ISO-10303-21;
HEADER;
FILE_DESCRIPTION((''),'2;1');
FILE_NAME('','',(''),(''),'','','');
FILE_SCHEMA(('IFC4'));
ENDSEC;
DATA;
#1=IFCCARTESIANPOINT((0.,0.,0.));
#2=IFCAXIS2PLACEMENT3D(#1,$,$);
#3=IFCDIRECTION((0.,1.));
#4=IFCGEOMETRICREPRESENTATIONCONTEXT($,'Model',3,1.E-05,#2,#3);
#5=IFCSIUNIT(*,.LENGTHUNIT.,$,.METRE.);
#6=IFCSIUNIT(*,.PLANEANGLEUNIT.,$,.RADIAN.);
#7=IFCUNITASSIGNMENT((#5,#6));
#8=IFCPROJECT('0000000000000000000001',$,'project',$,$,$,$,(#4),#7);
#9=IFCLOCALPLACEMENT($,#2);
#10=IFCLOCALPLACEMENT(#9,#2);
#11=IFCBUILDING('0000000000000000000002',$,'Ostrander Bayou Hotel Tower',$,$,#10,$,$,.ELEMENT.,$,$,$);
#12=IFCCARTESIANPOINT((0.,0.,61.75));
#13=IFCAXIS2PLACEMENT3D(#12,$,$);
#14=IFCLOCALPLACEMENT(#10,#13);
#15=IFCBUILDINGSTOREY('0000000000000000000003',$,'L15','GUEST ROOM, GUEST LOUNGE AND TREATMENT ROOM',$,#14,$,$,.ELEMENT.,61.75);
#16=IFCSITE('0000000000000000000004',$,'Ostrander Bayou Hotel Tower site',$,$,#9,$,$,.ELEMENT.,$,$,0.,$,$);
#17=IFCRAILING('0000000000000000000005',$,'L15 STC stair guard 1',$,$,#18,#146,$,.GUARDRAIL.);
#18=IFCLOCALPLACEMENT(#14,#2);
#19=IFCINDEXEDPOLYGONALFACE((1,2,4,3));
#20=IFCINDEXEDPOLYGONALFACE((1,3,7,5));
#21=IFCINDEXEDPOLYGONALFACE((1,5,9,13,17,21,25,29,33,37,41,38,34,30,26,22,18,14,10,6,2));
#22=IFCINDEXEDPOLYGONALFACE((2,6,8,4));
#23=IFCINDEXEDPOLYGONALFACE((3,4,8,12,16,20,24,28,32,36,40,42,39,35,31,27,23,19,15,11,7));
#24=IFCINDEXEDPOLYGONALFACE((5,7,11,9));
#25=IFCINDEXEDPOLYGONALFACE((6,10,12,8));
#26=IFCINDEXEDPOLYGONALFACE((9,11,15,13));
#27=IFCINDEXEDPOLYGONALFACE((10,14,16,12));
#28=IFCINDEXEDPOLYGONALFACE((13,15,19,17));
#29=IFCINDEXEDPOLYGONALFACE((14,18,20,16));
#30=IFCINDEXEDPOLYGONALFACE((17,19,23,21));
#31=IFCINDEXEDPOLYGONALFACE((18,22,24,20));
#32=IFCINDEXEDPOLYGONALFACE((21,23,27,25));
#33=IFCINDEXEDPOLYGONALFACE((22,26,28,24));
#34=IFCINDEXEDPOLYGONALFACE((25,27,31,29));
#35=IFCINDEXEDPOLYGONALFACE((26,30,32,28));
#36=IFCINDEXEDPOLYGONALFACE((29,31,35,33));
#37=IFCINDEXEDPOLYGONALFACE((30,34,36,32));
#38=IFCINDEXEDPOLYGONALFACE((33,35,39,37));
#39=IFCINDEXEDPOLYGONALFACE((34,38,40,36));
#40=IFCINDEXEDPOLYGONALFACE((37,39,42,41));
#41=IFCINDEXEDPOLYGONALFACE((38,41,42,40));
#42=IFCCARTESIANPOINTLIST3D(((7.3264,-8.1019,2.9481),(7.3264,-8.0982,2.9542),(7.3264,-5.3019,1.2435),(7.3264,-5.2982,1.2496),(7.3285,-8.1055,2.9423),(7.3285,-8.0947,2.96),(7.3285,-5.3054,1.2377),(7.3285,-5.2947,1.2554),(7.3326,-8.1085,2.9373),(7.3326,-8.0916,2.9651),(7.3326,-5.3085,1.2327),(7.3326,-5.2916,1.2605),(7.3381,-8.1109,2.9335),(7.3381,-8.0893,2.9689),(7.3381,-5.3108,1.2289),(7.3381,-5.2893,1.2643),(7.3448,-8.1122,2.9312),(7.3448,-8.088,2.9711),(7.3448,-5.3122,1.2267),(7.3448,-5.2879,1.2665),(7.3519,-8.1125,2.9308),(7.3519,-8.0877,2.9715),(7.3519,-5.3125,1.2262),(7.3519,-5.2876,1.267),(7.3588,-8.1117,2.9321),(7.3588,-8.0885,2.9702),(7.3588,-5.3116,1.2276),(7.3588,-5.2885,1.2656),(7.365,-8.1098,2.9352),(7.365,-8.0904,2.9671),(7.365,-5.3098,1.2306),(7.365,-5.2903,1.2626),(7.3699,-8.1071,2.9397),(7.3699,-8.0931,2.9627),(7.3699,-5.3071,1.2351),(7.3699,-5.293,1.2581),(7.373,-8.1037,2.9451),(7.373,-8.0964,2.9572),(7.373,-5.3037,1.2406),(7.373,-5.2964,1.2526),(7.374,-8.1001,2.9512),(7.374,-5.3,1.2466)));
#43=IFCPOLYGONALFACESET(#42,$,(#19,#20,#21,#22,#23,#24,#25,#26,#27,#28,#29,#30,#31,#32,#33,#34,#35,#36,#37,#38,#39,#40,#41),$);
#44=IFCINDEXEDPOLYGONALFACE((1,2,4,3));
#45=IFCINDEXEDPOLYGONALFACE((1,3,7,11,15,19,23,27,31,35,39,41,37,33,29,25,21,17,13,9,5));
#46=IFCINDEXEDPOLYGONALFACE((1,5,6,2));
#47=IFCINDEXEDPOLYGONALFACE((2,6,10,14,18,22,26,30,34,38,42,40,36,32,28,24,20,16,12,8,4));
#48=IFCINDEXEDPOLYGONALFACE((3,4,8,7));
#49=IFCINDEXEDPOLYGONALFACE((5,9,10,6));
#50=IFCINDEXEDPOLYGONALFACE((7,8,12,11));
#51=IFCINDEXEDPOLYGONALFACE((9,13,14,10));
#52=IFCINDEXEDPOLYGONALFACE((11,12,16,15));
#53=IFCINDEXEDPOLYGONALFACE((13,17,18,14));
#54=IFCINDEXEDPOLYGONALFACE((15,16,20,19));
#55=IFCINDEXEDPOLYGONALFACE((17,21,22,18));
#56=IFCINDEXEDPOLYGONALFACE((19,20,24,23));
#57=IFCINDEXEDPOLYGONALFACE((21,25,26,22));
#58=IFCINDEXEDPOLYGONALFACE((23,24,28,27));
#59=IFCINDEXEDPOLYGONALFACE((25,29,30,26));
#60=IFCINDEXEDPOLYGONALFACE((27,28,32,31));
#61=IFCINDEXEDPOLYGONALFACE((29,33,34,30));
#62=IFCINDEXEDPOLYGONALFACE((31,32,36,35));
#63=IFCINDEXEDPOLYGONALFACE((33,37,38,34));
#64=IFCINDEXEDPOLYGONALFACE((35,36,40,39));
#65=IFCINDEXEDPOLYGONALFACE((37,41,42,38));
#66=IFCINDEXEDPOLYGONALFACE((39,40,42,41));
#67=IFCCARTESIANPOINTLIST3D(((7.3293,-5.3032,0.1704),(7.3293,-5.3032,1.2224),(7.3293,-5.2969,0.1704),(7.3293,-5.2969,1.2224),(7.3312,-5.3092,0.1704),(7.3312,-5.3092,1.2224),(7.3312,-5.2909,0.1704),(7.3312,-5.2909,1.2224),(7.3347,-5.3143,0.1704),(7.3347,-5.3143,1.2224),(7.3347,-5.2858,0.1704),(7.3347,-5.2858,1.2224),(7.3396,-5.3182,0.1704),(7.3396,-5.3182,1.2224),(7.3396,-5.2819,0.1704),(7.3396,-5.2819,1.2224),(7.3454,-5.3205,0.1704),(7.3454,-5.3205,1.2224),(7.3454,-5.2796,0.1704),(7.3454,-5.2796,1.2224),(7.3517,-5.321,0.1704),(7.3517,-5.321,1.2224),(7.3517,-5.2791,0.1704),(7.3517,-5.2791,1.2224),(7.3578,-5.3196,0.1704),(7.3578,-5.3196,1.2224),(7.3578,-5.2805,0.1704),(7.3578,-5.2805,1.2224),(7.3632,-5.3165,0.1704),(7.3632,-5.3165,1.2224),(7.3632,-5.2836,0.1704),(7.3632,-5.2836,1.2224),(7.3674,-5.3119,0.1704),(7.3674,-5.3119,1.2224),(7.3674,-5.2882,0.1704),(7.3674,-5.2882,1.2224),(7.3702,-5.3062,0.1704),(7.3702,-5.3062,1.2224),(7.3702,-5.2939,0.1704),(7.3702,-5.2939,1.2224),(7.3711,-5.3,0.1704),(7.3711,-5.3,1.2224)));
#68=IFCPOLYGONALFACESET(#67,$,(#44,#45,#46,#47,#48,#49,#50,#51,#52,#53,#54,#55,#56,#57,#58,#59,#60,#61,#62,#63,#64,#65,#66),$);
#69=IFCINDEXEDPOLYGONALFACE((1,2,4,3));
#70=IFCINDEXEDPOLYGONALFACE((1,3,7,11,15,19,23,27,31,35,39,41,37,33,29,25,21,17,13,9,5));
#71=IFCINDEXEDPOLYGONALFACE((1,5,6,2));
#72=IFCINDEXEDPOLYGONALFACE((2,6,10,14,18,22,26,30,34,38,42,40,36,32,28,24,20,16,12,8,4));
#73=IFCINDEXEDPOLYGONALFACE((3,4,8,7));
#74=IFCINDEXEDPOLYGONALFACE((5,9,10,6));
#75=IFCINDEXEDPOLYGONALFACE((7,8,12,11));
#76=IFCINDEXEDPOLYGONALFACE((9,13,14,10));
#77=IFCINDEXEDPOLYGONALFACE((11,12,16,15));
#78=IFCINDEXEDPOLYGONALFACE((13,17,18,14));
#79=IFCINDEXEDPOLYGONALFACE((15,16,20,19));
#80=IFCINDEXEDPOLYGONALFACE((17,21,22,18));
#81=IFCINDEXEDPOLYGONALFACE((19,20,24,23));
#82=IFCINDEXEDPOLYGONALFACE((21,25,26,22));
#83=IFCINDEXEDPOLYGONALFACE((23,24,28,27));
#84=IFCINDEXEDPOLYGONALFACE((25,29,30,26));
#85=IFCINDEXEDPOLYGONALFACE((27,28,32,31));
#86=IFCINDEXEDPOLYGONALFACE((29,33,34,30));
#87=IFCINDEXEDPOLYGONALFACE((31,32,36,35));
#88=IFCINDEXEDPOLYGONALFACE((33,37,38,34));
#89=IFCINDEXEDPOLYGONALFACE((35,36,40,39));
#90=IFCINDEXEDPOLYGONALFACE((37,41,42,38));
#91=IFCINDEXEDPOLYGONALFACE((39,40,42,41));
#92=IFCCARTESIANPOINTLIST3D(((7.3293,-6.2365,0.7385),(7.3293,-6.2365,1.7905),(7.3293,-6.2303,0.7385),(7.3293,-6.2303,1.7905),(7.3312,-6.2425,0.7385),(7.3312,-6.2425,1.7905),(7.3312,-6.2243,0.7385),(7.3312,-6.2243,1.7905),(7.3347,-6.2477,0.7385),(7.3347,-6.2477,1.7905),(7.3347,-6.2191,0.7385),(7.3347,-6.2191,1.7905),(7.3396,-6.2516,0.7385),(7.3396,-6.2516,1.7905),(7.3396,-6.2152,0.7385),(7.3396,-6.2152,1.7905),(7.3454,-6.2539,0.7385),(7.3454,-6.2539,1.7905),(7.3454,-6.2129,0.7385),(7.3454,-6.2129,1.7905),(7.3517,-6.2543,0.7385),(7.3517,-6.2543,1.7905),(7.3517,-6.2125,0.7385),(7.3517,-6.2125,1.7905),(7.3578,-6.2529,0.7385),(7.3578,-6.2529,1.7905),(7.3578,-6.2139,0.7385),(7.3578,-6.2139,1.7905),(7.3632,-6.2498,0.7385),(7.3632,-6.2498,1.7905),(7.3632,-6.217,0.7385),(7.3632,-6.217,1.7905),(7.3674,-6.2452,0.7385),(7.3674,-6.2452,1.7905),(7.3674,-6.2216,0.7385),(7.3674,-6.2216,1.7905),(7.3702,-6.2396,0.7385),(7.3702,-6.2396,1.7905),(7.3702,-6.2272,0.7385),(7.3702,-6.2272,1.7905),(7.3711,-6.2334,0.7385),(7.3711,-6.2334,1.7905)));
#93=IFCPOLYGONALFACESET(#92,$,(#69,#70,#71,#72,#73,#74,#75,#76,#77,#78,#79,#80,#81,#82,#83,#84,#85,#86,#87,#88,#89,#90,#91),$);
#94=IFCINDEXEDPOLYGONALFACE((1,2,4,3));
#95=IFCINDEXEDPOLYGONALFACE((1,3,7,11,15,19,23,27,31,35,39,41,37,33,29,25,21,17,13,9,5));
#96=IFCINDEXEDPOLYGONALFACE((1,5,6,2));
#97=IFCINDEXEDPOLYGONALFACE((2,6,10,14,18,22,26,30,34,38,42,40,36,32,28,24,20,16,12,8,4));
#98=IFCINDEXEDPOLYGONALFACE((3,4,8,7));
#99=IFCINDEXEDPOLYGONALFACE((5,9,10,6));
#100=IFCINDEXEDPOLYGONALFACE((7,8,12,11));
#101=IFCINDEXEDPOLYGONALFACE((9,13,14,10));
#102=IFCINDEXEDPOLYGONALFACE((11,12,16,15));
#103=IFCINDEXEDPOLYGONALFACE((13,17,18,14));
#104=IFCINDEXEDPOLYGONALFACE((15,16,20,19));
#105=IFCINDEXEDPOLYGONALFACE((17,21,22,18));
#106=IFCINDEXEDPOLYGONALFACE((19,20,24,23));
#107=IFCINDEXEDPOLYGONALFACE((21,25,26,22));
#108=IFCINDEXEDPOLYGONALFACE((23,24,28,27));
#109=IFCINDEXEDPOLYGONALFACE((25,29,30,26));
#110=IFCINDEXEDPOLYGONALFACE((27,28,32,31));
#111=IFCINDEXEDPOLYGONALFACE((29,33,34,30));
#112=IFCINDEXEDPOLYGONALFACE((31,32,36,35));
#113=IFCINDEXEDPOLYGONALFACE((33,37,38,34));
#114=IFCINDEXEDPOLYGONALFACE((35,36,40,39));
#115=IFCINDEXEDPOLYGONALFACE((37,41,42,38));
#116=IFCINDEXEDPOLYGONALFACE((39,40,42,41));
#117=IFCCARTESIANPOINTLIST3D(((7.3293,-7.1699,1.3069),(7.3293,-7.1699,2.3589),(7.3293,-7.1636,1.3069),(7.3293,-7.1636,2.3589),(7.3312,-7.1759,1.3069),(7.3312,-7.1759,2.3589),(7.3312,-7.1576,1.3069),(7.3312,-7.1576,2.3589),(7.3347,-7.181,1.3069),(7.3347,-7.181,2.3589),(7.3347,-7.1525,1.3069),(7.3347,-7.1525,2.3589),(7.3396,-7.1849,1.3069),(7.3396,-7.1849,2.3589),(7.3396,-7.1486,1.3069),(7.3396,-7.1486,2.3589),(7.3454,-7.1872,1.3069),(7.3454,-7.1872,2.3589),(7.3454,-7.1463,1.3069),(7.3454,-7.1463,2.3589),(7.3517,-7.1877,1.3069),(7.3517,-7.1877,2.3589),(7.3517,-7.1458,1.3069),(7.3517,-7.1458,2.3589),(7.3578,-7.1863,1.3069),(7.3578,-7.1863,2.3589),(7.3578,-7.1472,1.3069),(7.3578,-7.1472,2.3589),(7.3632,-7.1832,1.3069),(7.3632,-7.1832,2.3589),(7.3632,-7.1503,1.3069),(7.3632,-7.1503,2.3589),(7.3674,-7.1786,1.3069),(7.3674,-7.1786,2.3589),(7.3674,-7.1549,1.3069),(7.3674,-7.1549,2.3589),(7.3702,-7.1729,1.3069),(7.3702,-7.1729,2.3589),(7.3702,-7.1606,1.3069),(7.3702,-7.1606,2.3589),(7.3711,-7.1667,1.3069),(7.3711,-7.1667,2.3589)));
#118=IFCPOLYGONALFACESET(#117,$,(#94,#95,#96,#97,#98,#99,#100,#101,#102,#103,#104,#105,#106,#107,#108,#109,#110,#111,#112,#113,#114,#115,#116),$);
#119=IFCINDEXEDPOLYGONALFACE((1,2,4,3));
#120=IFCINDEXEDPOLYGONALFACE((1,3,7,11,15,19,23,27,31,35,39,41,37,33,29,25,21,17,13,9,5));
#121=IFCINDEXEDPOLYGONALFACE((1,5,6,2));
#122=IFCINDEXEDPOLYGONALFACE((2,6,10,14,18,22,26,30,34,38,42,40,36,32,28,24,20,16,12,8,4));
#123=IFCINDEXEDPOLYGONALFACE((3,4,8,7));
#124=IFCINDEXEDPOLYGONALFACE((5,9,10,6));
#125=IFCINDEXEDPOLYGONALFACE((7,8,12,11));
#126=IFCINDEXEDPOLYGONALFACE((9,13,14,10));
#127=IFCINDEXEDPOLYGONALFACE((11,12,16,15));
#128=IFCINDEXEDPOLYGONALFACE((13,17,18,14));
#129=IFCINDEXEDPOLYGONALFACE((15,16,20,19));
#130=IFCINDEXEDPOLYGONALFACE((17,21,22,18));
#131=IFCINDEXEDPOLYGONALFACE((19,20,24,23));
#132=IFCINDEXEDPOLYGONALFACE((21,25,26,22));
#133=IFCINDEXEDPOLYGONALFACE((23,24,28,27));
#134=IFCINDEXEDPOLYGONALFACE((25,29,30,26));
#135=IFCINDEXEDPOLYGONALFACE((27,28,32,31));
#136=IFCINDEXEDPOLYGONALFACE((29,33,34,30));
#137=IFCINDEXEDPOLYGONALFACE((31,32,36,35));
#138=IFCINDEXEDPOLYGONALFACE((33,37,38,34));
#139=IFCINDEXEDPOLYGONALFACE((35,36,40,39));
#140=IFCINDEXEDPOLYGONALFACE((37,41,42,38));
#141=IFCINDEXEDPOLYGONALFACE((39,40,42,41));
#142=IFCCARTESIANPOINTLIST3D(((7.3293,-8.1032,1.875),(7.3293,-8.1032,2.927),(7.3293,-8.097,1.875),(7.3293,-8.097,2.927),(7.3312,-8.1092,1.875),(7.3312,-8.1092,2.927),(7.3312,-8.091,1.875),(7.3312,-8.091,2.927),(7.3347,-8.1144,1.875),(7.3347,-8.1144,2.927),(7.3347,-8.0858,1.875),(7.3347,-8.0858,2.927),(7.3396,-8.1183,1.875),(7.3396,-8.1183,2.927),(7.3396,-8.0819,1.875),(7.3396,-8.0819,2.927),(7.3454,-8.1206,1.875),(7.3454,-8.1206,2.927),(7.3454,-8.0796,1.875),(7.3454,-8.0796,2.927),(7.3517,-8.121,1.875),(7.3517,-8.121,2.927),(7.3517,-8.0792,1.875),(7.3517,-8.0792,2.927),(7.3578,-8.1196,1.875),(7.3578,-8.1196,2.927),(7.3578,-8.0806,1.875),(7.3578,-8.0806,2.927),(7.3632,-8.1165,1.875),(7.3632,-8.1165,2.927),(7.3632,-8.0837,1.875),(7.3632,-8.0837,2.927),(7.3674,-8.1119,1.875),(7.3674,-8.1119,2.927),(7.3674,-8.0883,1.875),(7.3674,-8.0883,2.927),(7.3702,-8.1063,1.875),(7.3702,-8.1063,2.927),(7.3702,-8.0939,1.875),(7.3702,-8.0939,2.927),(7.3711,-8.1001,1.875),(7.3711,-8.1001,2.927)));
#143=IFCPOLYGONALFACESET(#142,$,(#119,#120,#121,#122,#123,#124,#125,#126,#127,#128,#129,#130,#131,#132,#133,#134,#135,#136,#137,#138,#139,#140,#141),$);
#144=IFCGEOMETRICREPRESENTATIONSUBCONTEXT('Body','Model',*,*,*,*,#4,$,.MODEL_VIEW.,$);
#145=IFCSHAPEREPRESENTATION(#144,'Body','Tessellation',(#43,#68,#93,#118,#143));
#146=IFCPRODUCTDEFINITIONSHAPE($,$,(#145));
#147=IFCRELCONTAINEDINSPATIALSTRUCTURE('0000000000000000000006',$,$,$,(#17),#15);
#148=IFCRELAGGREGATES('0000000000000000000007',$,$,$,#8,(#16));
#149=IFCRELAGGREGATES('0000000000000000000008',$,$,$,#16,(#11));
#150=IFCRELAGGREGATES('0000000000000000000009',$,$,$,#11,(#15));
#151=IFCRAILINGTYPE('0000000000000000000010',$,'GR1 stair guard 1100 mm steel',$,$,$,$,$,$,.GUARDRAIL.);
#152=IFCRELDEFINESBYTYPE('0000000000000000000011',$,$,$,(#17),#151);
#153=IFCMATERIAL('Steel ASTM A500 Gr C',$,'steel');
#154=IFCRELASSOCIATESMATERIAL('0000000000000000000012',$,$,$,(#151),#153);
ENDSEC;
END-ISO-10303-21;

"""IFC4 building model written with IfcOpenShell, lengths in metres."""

from ifc_helpers import new_model, si_unit, direction, frame, origin, origin_2d, place, context, subcontext, project, spatial, circle, extrude, material, type_object, element, save


model = new_model("IFC4")

# Units and contexts
model_context = context("Model", 3, precision=1e-05, world=origin(), true_north=direction((0.0, 1.0)))
body_context = subcontext(model_context, "Body", "Model", "MODEL_VIEW")
ifc_project = project(units=[si_unit("LENGTHUNIT", "METRE"), si_unit("PLANEANGLEUNIT", "RADIAN")], contexts=[model_context])

# Site, building, storey
site_placement = place(None, origin())
site = spatial("IfcSite", under=ifc_project, at=site_placement, Name="Ostrander Bayou Hotel Tower site", CompositionType="ELEMENT", RefElevation=0.0)
building_placement = place(site_placement, origin())
building = spatial("IfcBuilding", under=site, at=building_placement, Name="Ostrander Bayou Hotel Tower", CompositionType="ELEMENT")
storey_placement = place(building_placement, frame((0.0, 0.0, 61.75)))
storey = spatial("IfcBuildingStorey", under=building, at=storey_placement, Name="L15", Description="GUEST ROOM, GUEST LOUNGE AND TREATMENT ROOM", CompositionType="ELEMENT", Elevation=61.75)

# Railing
ifc_material_1 = material(Name="Steel ASTM A500 Gr C", Category="steel")
railing_type_1 = type_object("IfcRailingType", Name="GR1 stair guard 1100 mm steel", PredefinedType="GUARDRAIL", material=ifc_material_1)
railing_1_placement = place(storey_placement, frame((7.3501, -5.3, 0.1704)))
element("IfcRailing", 1, at=railing_1_placement, inside=storey, type_object=railing_type_1, Name="L15 STC stair guard 1", PredefinedType="GUARDRAIL", context=body_context, shape_type="SweptSolid", body=[
    extrude(circle(Radius=0.0239, at=origin_2d()), frame((0.0, 0.0, 1.0762), z_axis=(0.0, -0.85417, 0.519994), x_axis=(1.0, 0.0, 0.0)), (0.0, 0.0, 1.0), 3.2781),
    extrude(circle(Radius=0.021, at=origin_2d()), origin(), (0.0, 0.0, 1.0), 1.052),
    extrude(circle(Radius=0.021, at=origin_2d()), frame((0.0, -0.9333, 0.5681)), (0.0, 0.0, 1.0), 1.052),
    extrude(circle(Radius=0.021, at=origin_2d()), frame((0.0, -1.8667, 1.1365)), (0.0, 0.0, 1.0), 1.052),
    extrude(circle(Radius=0.021, at=origin_2d()), frame((0.0, -2.8, 1.7046)), (0.0, 0.0, 1.0), 1.052),
])

save(model, "model.ifc")
